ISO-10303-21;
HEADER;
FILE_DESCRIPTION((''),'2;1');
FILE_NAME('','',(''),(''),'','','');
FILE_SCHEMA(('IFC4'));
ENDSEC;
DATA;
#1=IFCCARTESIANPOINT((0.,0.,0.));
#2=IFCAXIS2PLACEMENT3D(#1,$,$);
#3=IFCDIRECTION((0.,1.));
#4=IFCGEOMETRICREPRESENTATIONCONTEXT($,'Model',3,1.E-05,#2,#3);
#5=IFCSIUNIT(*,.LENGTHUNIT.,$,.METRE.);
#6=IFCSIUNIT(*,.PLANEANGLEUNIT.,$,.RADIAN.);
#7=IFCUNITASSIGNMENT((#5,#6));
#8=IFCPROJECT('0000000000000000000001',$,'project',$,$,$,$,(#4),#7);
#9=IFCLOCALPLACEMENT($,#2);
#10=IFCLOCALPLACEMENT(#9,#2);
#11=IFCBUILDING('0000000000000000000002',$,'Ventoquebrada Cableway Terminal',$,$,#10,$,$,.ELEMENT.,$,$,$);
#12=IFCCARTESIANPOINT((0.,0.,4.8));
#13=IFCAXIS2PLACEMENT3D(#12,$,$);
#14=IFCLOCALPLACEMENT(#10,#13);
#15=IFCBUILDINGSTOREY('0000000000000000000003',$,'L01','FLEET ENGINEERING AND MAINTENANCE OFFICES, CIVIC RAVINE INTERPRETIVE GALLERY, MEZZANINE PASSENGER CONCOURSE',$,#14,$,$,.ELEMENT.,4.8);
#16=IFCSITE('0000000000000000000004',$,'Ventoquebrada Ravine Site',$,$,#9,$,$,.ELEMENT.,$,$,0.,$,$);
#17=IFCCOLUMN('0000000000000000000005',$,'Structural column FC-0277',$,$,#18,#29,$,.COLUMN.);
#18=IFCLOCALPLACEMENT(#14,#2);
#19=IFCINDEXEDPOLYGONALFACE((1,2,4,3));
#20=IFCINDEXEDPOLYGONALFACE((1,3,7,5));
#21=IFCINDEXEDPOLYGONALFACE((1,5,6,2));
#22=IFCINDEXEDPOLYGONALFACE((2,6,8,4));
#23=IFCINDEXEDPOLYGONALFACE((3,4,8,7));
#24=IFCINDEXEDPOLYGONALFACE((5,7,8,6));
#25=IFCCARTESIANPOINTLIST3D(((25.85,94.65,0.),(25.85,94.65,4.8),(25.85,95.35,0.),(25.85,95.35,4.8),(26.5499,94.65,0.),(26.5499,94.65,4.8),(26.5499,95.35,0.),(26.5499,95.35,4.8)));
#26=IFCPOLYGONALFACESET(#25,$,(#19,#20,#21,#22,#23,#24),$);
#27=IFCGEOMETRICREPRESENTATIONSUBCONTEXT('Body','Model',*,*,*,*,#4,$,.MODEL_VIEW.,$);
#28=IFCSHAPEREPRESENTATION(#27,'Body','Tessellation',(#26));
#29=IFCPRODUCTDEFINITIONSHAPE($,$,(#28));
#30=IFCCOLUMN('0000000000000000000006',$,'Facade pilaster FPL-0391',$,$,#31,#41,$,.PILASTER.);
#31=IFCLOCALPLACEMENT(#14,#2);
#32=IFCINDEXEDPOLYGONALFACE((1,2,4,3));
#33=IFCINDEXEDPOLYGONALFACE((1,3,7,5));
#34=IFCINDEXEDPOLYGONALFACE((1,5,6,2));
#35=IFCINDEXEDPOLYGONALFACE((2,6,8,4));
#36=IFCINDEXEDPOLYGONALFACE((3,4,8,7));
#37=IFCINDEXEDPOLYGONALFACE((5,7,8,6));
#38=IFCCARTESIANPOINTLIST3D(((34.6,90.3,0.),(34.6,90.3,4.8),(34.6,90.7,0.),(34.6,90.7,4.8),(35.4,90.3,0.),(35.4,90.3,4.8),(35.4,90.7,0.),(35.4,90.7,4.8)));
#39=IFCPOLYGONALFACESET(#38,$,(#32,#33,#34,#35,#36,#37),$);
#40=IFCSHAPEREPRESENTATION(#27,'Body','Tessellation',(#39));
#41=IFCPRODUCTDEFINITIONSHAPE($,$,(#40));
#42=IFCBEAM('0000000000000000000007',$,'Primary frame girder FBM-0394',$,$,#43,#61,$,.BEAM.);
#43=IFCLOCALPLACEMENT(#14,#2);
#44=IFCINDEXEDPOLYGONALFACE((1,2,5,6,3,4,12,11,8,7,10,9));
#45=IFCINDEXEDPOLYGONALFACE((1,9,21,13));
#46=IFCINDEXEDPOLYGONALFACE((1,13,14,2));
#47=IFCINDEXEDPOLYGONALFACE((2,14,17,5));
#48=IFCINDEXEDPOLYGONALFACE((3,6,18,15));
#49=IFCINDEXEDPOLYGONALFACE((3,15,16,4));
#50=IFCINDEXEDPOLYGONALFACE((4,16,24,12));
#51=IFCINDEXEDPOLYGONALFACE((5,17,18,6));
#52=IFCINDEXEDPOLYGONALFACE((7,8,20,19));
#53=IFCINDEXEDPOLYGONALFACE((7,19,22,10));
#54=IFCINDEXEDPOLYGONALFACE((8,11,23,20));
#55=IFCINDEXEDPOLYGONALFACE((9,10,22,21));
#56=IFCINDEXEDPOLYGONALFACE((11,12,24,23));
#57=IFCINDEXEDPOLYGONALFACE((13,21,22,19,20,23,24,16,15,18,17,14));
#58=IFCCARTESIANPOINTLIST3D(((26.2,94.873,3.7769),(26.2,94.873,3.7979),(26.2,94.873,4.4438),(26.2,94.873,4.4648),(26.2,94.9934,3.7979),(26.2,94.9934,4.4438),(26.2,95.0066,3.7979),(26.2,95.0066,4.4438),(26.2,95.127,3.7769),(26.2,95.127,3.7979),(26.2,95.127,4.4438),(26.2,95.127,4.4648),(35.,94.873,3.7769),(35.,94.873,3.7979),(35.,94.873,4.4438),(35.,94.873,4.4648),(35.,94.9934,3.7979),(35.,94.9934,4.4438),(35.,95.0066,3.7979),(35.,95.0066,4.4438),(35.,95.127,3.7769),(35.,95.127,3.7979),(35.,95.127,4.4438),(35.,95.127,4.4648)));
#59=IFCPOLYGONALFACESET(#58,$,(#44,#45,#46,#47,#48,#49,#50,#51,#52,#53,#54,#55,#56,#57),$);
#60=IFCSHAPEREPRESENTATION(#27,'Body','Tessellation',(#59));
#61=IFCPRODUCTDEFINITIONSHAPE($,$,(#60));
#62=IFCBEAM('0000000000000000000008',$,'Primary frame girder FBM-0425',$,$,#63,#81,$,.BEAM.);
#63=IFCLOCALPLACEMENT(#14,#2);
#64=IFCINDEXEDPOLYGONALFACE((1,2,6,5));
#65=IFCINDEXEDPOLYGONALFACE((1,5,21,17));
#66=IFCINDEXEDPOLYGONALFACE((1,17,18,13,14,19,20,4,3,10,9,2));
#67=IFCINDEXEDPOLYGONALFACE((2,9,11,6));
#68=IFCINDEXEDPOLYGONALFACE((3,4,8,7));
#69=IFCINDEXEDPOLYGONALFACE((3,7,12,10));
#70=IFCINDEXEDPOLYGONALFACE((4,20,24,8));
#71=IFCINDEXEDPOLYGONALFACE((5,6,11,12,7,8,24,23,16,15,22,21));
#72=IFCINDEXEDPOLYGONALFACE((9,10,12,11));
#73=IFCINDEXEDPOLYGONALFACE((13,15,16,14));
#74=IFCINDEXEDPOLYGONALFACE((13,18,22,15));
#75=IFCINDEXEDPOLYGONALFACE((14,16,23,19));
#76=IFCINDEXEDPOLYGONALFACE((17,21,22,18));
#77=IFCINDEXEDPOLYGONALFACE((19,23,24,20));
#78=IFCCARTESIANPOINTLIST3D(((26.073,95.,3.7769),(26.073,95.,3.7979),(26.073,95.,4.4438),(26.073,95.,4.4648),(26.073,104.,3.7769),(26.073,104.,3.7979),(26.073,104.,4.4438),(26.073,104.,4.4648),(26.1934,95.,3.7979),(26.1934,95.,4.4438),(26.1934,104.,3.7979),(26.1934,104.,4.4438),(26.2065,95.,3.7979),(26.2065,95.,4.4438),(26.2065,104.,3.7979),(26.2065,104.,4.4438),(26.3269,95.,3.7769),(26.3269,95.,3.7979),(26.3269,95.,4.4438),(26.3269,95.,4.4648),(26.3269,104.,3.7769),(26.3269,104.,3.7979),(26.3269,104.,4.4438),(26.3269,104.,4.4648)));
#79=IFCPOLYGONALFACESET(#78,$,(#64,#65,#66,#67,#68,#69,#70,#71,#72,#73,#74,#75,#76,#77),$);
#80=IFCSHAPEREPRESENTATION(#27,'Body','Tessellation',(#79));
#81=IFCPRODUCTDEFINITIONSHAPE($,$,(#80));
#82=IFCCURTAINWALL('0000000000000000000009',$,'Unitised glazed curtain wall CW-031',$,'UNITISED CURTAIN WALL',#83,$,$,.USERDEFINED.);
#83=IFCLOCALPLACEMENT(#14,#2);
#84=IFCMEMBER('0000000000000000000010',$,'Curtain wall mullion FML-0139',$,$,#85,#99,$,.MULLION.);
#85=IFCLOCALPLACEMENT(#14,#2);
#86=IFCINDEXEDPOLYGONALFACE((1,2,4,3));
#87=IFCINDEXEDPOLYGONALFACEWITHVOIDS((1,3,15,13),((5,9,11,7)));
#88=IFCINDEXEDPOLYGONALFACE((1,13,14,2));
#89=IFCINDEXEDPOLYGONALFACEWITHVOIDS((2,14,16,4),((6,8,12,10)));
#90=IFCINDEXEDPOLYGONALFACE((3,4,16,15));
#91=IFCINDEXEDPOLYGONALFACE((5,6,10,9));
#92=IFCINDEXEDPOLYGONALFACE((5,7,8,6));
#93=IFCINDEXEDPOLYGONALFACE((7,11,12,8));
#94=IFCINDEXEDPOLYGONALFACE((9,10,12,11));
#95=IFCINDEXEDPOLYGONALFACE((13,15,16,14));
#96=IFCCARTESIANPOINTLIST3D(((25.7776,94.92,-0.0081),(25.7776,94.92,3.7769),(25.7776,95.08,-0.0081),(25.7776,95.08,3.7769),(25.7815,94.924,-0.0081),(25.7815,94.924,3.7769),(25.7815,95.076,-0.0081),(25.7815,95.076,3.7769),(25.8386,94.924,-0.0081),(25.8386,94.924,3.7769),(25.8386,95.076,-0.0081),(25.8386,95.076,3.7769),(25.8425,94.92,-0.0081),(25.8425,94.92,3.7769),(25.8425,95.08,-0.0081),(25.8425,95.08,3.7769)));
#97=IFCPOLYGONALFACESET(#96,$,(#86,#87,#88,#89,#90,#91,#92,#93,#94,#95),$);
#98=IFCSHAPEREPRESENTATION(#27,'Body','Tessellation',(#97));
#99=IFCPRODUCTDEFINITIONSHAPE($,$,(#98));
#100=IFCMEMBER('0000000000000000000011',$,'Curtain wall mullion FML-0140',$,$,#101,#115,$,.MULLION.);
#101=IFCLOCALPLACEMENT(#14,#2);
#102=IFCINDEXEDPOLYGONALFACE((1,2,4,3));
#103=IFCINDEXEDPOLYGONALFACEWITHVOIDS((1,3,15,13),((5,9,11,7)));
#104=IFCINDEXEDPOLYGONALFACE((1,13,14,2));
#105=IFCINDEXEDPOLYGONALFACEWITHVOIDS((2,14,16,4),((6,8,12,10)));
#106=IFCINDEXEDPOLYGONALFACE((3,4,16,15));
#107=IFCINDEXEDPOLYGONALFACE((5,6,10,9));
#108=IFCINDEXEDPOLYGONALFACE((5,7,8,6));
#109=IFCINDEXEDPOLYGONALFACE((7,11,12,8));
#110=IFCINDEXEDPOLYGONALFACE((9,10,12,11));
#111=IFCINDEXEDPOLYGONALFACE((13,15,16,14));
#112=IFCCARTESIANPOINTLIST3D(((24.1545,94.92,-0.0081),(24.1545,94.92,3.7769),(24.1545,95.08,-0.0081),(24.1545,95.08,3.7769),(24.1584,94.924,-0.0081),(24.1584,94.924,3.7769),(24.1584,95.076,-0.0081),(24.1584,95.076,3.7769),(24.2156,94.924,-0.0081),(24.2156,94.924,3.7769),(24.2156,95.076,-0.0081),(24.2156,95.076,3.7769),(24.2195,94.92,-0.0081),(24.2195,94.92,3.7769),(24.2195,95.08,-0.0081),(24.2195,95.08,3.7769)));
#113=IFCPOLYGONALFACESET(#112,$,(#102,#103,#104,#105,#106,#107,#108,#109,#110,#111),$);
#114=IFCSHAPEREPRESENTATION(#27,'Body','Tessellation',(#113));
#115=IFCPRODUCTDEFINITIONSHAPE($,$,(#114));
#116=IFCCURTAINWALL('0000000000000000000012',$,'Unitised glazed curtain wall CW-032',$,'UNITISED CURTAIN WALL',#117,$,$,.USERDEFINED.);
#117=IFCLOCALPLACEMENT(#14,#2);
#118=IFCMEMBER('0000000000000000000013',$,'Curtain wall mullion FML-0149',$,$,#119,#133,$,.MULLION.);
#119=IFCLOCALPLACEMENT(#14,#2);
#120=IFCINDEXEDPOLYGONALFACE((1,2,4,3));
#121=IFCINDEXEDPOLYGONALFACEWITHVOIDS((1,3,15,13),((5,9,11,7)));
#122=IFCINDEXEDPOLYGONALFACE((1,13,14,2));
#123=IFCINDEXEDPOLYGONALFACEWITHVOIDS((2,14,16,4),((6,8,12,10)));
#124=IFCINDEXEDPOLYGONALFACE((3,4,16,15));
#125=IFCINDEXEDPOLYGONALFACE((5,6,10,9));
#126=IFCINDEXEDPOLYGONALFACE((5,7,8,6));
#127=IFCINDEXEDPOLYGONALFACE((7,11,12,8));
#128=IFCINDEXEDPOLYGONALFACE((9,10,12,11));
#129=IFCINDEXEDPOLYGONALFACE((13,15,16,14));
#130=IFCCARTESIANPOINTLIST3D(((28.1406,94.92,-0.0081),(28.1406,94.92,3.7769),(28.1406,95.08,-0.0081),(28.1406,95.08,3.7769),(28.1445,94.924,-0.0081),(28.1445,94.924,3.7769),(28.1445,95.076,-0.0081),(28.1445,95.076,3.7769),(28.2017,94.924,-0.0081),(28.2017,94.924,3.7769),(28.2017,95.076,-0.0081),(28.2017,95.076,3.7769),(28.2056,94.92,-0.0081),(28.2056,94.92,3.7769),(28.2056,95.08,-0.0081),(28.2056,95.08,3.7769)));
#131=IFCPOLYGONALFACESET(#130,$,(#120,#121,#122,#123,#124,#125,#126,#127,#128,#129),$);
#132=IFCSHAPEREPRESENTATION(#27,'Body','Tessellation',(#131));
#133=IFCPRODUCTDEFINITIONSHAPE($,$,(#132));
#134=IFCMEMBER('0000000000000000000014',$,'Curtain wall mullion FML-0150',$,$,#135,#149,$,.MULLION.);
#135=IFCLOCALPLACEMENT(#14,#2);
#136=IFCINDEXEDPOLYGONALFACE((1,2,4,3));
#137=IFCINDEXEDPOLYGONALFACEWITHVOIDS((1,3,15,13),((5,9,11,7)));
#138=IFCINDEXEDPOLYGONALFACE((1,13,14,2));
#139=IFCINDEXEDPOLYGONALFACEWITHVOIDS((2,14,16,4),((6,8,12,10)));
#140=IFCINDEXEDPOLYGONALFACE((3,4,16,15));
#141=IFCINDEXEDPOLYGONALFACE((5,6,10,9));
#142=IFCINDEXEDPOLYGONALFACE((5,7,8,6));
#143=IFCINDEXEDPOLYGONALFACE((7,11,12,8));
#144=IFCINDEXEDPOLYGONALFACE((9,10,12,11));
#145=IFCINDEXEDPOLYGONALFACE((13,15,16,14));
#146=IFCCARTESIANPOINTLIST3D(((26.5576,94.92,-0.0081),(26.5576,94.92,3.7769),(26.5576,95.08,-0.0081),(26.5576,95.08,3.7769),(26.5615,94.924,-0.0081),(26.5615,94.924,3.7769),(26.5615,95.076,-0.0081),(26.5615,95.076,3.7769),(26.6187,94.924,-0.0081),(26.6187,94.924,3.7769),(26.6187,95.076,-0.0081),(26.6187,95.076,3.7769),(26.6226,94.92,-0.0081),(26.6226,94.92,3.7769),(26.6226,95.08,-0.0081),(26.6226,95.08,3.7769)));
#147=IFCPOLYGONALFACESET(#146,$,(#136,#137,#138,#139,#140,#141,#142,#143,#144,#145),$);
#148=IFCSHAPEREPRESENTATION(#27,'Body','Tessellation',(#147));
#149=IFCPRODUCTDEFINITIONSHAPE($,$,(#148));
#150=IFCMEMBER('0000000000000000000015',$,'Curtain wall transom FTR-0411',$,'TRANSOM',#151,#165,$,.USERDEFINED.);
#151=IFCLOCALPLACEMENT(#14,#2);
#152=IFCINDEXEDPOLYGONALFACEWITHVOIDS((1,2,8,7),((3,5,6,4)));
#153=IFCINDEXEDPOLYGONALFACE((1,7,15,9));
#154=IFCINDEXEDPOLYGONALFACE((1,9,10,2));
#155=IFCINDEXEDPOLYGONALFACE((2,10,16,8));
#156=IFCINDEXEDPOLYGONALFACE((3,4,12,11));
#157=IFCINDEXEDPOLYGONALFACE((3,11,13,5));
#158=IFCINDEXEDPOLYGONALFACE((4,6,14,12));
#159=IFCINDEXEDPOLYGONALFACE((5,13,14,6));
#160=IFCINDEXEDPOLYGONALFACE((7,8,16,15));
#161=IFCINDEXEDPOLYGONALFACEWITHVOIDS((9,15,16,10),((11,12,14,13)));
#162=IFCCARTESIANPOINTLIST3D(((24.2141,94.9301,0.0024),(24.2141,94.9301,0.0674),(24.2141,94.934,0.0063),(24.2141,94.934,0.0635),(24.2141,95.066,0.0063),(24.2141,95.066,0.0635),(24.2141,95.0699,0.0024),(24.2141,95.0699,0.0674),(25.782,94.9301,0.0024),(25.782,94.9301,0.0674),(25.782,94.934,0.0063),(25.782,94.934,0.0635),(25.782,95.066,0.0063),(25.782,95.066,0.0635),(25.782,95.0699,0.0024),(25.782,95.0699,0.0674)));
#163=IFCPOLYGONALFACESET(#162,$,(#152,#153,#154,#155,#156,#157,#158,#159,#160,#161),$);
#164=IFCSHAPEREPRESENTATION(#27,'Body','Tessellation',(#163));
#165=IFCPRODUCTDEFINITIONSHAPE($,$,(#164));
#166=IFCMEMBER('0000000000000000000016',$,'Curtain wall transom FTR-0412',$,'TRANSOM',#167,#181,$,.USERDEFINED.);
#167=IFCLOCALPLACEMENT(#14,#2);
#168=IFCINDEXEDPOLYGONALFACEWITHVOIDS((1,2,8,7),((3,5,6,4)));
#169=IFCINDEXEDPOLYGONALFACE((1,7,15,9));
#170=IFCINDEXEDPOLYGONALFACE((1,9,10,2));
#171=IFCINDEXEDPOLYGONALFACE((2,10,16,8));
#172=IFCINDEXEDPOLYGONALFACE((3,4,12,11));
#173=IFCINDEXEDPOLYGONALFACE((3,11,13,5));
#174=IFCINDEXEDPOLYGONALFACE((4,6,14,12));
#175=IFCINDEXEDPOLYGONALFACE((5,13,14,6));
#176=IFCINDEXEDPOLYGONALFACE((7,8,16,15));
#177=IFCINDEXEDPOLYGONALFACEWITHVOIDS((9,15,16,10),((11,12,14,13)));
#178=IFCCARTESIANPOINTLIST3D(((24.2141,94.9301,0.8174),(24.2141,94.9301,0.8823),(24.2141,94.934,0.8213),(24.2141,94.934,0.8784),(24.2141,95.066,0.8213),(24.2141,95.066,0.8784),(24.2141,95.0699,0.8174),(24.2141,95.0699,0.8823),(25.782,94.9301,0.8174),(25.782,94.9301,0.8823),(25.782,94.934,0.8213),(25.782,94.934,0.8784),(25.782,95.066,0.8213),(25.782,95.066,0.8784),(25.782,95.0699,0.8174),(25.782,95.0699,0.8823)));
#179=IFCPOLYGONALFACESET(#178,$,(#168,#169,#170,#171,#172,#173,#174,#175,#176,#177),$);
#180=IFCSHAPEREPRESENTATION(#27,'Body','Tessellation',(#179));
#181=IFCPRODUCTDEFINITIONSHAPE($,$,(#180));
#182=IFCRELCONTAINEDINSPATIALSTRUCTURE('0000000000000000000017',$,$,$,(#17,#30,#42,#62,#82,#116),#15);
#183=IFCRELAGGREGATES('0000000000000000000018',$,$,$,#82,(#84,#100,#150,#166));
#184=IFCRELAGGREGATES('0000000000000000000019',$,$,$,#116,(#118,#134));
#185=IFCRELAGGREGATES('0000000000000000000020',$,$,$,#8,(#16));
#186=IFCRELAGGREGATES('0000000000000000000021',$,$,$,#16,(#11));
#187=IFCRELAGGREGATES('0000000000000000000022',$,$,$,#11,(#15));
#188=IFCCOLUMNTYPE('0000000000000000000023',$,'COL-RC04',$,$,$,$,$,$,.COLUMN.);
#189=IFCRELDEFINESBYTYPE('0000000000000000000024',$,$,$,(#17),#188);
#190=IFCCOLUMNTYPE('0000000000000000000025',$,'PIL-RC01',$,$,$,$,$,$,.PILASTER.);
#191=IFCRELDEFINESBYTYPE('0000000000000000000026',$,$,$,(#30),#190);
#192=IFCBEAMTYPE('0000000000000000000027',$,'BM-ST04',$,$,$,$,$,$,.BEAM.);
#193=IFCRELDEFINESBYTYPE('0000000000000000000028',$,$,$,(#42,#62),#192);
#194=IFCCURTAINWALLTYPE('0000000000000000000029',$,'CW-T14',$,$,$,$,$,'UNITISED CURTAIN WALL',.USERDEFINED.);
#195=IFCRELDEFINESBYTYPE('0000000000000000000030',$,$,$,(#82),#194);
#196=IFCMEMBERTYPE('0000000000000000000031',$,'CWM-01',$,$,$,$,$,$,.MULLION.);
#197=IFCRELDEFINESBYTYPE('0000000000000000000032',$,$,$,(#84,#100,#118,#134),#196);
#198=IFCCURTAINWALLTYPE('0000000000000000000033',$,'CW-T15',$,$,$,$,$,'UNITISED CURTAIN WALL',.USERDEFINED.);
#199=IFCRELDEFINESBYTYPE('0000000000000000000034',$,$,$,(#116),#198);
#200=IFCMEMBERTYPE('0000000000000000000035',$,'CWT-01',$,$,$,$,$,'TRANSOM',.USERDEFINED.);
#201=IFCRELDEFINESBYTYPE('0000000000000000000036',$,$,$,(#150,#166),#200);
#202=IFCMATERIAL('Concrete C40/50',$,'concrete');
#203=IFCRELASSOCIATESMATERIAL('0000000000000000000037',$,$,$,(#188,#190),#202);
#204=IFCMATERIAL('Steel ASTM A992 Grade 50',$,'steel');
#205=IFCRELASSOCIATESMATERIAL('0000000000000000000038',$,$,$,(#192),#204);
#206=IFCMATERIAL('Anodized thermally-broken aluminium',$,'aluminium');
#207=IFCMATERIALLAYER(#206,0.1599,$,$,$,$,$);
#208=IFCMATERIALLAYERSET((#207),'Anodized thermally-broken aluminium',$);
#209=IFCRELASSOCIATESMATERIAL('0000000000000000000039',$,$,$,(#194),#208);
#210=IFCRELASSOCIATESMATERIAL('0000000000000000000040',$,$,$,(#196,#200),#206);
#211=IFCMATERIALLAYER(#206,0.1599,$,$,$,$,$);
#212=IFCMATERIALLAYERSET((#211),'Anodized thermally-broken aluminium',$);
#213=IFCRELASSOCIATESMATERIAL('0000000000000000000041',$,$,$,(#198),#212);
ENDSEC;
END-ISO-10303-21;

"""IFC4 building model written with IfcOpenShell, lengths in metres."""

from ifc_helpers import new_model, si_unit, direction, frame, origin, origin_2d, place, context, subcontext, project, spatial, rectangle, hollow_rectangle, i_section, extrude, material, layer, layer_set, material_profile, profile_set, type_object, element, aggregate, save


model = new_model("IFC4")

# Units and contexts
model_context = context("Model", 3, precision=1e-05, world=origin(), true_north=direction((0.0, 1.0)))
body_context = subcontext(model_context, "Body", "Model", "MODEL_VIEW")
ifc_project = project(units=[si_unit("LENGTHUNIT", "METRE"), si_unit("PLANEANGLEUNIT", "RADIAN")], contexts=[model_context])

# Site, building, storey
site_placement = place(None, origin())
site = spatial("IfcSite", under=ifc_project, at=site_placement, Name="Ventoquebrada Ravine Site", CompositionType="ELEMENT", RefElevation=0.0)
building_placement = place(site_placement, origin())
building = spatial("IfcBuilding", under=site, at=building_placement, Name="Ventoquebrada Cableway Terminal", CompositionType="ELEMENT")
storey_placement = place(building_placement, frame((0.0, 0.0, 4.8)))
storey = spatial("IfcBuildingStorey", under=building, at=storey_placement, Name="L01", Description="FLEET ENGINEERING AND MAINTENANCE OFFICES, CIVIC RAVINE INTERPRETIVE GALLERY, MEZZANINE PASSENGER CONCOURSE", CompositionType="ELEMENT", Elevation=4.8)

# Columns
ifc_material_1 = material(Name="Concrete C40/50", Category="concrete")
ifc_material_profile_1 = material_profile(ifc_material_1, rectangle(XDim=0.7, YDim=0.7, at=origin_2d()), Name="RC-COL-700X700")
ifc_profile_set_1 = profile_set([ifc_material_profile_1], Name="Concrete C40/50")
column_type_1 = type_object("IfcColumnType", Name="COL-RC04", PredefinedType="COLUMN", material=ifc_profile_set_1)
column_1_placement = place(storey_placement, frame((26.2, 95.0, 0.0), z_axis=(0.0, 0.0, 1.0), x_axis=(1.0, 0.0, 0.0)))
element("IfcColumn", 1, at=column_1_placement, inside=storey, type_object=column_type_1, Name="Structural column FC-0277", PredefinedType="COLUMN", context=body_context, shape_type="SweptSolid", body=[
    extrude(rectangle(XDim=0.7, YDim=0.7, at=origin_2d()), origin(), (0.0, 0.0, 1.0), 4.8),
])
ifc_material_profile_2 = material_profile(ifc_material_1, rectangle(XDim=0.3999, YDim=0.8, at=origin_2d()), Name="RC-PIL-400X800")
ifc_profile_set_2 = profile_set([ifc_material_profile_2], Name="Concrete C40/50")
column_type_2 = type_object("IfcColumnType", Name="PIL-RC01", PredefinedType="PILASTER", material=ifc_profile_set_2)
column_2_placement = place(storey_placement, frame((35.0, 90.5, 0.0), z_axis=(0.0, 0.0, 1.0), x_axis=(0.0, 1.0, 0.0)))
element("IfcColumn", 2, at=column_2_placement, inside=storey, type_object=column_type_2, Name="Facade pilaster FPL-0391", PredefinedType="PILASTER", context=body_context, shape_type="SweptSolid", body=[
    extrude(rectangle(XDim=0.3999, YDim=0.8, at=origin_2d()), origin(), (0.0, 0.0, 1.0), 4.8),
])

# Beams
ifc_material_2 = material(Name="Steel ASTM A992 Grade 50", Category="steel")
ifc_material_profile_3 = material_profile(ifc_material_2, i_section(OverallWidth=0.2539, OverallDepth=0.688, WebThickness=0.0132, FlangeThickness=0.021, at=origin_2d()), Name="W27X102")
ifc_profile_set_3 = profile_set([ifc_material_profile_3], Name="Steel ASTM A992 Grade 50")
beam_type_1 = type_object("IfcBeamType", Name="BM-ST04", PredefinedType="BEAM", material=ifc_profile_set_3)
beam_1_placement = place(storey_placement, frame((26.2, 95.0, 4.1208), z_axis=(1.0, 0.0, 0.0), x_axis=(0.0, 1.0, 0.0)))
element("IfcBeam", 3, at=beam_1_placement, inside=storey, type_object=beam_type_1, Name="Primary frame girder FBM-0394", PredefinedType="BEAM", context=body_context, shape_type="SweptSolid", body=[
    extrude(i_section(OverallWidth=0.2539, OverallDepth=0.688, WebThickness=0.0132, FlangeThickness=0.021, at=origin_2d()), origin(), (0.0, 0.0, 1.0), 8.8),
])
beam_2_placement = place(storey_placement, frame((26.2, 95.0, 4.1208), z_axis=(0.0, 1.0, 0.0), x_axis=(-1.0, 0.0, 0.0)))
element("IfcBeam", 4, at=beam_2_placement, inside=storey, type_object=beam_type_1, Name="Primary frame girder FBM-0425", PredefinedType="BEAM", context=body_context, shape_type="SweptSolid", body=[
    extrude(i_section(OverallWidth=0.2539, OverallDepth=0.688, WebThickness=0.0132, FlangeThickness=0.021, at=origin_2d()), origin(), (0.0, 0.0, 1.0), 9.0),
])

# Curtain walls, members
ifc_material_3 = material(Name="Anodized thermally-broken aluminium", Category="aluminium")
ifc_layer_1 = layer(ifc_material_3, 0.1599)
ifc_layer_set_1 = layer_set([ifc_layer_1], Name="Anodized thermally-broken aluminium")
curtain_wall_type_1 = type_object("IfcCurtainWallType", Name="CW-T14", ElementType="UNITISED CURTAIN WALL", PredefinedType="USERDEFINED", material=ifc_layer_set_1)
curtain_wall_1_placement = place(storey_placement, origin())
curtain_wall_1 = element("IfcCurtainWall", 5, at=curtain_wall_1_placement, inside=storey, type_object=curtain_wall_type_1, Name="Unitised glazed curtain wall CW-031", ObjectType="UNITISED CURTAIN WALL", PredefinedType="USERDEFINED")
ifc_material_profile_4 = material_profile(ifc_material_3, hollow_rectangle(XDim=0.0649, YDim=0.1599, WallThickness=0.0039, at=origin_2d()), Name="CW-MUL-65X160")
ifc_profile_set_4 = profile_set([ifc_material_profile_4], Name="Anodized thermally-broken aluminium")
member_type_1 = type_object("IfcMemberType", Name="CWM-01", PredefinedType="MULLION", material=ifc_profile_set_4)
member_1_placement = place(storey_placement, frame((25.8101, 95.0, -0.0081), z_axis=(0.0, 0.0, 1.0), x_axis=(-1.0, 0.0, 0.0)))
member_1 = element("IfcMember", 6, at=member_1_placement, type_object=member_type_1, Name="Curtain wall mullion FML-0139", PredefinedType="MULLION", context=body_context, shape_type="SweptSolid", body=[
    extrude(hollow_rectangle(XDim=0.0649, YDim=0.1599, WallThickness=0.0039, at=origin_2d()), origin(), (0.0, 0.0, 1.0), 3.7849),
])
member_2_placement = place(storey_placement, frame((24.187, 95.0, -0.0081), z_axis=(0.0, 0.0, 1.0), x_axis=(-1.0, 0.0, 0.0)))
member_2 = element("IfcMember", 7, at=member_2_placement, type_object=member_type_1, Name="Curtain wall mullion FML-0140", PredefinedType="MULLION", context=body_context, shape_type="SweptSolid", body=[
    extrude(hollow_rectangle(XDim=0.0649, YDim=0.1599, WallThickness=0.0039, at=origin_2d()), origin(), (0.0, 0.0, 1.0), 3.7849),
])
ifc_layer_2 = layer(ifc_material_3, 0.1599)
ifc_layer_set_2 = layer_set([ifc_layer_2], Name="Anodized thermally-broken aluminium")
curtain_wall_type_2 = type_object("IfcCurtainWallType", Name="CW-T15", ElementType="UNITISED CURTAIN WALL", PredefinedType="USERDEFINED", material=ifc_layer_set_2)
curtain_wall_2_placement = place(storey_placement, origin())
curtain_wall_2 = element("IfcCurtainWall", 8, at=curtain_wall_2_placement, inside=storey, type_object=curtain_wall_type_2, Name="Unitised glazed curtain wall CW-032", ObjectType="UNITISED CURTAIN WALL", PredefinedType="USERDEFINED")
member_3_placement = place(storey_placement, frame((28.1731, 95.0, -0.0081), z_axis=(0.0, 0.0, 1.0), x_axis=(-1.0, 0.0, 0.0)))
member_3 = element("IfcMember", 9, at=member_3_placement, type_object=member_type_1, Name="Curtain wall mullion FML-0149", PredefinedType="MULLION", context=body_context, shape_type="SweptSolid", body=[
    extrude(hollow_rectangle(XDim=0.0649, YDim=0.1599, WallThickness=0.0039, at=origin_2d()), origin(), (0.0, 0.0, 1.0), 3.7849),
])
member_4_placement = place(storey_placement, frame((26.5901, 95.0, -0.0081), z_axis=(0.0, 0.0, 1.0), x_axis=(-1.0, 0.0, 0.0)))
member_4 = element("IfcMember", 10, at=member_4_placement, type_object=member_type_1, Name="Curtain wall mullion FML-0150", PredefinedType="MULLION", context=body_context, shape_type="SweptSolid", body=[
    extrude(hollow_rectangle(XDim=0.0649, YDim=0.1599, WallThickness=0.0039, at=origin_2d()), origin(), (0.0, 0.0, 1.0), 3.7849),
])

# Members
ifc_material_profile_5 = material_profile(ifc_material_3, hollow_rectangle(XDim=0.0649, YDim=0.1399, WallThickness=0.0039, at=origin_2d()), Name="CW-TRN-65X140")
ifc_profile_set_5 = profile_set([ifc_material_profile_5], Name="Anodized thermally-broken aluminium")
member_type_2 = type_object("IfcMemberType", Name="CWT-01", ElementType="TRANSOM", PredefinedType="USERDEFINED", material=ifc_profile_set_5)
member_5_placement = place(storey_placement, frame((25.782, 95.0, 0.0349), z_axis=(-1.0, 0.0, 0.0), x_axis=(0.0, 0.0, 1.0)))
member_5 = element("IfcMember", 11, at=member_5_placement, type_object=member_type_2, Name="Curtain wall transom FTR-0411", ObjectType="TRANSOM", PredefinedType="USERDEFINED", context=body_context, shape_type="SweptSolid", body=[
    extrude(hollow_rectangle(XDim=0.0649, YDim=0.1399, WallThickness=0.0039, at=origin_2d()), origin(), (0.0, 0.0, 1.0), 1.5679),
])
member_6_placement = place(storey_placement, frame((25.782, 95.0, 0.8499), z_axis=(-1.0, 0.0, 0.0), x_axis=(0.0, 0.0, 1.0)))
member_6 = element("IfcMember", 12, at=member_6_placement, type_object=member_type_2, Name="Curtain wall transom FTR-0412", ObjectType="TRANSOM", PredefinedType="USERDEFINED", context=body_context, shape_type="SweptSolid", body=[
    extrude(hollow_rectangle(XDim=0.0649, YDim=0.1399, WallThickness=0.0039, at=origin_2d()), origin(), (0.0, 0.0, 1.0), 1.5679),
])

aggregate(curtain_wall_1, [member_1, member_2, member_5, member_6])
aggregate(curtain_wall_2, [member_3, member_4])

save(model, "model.ifc")
